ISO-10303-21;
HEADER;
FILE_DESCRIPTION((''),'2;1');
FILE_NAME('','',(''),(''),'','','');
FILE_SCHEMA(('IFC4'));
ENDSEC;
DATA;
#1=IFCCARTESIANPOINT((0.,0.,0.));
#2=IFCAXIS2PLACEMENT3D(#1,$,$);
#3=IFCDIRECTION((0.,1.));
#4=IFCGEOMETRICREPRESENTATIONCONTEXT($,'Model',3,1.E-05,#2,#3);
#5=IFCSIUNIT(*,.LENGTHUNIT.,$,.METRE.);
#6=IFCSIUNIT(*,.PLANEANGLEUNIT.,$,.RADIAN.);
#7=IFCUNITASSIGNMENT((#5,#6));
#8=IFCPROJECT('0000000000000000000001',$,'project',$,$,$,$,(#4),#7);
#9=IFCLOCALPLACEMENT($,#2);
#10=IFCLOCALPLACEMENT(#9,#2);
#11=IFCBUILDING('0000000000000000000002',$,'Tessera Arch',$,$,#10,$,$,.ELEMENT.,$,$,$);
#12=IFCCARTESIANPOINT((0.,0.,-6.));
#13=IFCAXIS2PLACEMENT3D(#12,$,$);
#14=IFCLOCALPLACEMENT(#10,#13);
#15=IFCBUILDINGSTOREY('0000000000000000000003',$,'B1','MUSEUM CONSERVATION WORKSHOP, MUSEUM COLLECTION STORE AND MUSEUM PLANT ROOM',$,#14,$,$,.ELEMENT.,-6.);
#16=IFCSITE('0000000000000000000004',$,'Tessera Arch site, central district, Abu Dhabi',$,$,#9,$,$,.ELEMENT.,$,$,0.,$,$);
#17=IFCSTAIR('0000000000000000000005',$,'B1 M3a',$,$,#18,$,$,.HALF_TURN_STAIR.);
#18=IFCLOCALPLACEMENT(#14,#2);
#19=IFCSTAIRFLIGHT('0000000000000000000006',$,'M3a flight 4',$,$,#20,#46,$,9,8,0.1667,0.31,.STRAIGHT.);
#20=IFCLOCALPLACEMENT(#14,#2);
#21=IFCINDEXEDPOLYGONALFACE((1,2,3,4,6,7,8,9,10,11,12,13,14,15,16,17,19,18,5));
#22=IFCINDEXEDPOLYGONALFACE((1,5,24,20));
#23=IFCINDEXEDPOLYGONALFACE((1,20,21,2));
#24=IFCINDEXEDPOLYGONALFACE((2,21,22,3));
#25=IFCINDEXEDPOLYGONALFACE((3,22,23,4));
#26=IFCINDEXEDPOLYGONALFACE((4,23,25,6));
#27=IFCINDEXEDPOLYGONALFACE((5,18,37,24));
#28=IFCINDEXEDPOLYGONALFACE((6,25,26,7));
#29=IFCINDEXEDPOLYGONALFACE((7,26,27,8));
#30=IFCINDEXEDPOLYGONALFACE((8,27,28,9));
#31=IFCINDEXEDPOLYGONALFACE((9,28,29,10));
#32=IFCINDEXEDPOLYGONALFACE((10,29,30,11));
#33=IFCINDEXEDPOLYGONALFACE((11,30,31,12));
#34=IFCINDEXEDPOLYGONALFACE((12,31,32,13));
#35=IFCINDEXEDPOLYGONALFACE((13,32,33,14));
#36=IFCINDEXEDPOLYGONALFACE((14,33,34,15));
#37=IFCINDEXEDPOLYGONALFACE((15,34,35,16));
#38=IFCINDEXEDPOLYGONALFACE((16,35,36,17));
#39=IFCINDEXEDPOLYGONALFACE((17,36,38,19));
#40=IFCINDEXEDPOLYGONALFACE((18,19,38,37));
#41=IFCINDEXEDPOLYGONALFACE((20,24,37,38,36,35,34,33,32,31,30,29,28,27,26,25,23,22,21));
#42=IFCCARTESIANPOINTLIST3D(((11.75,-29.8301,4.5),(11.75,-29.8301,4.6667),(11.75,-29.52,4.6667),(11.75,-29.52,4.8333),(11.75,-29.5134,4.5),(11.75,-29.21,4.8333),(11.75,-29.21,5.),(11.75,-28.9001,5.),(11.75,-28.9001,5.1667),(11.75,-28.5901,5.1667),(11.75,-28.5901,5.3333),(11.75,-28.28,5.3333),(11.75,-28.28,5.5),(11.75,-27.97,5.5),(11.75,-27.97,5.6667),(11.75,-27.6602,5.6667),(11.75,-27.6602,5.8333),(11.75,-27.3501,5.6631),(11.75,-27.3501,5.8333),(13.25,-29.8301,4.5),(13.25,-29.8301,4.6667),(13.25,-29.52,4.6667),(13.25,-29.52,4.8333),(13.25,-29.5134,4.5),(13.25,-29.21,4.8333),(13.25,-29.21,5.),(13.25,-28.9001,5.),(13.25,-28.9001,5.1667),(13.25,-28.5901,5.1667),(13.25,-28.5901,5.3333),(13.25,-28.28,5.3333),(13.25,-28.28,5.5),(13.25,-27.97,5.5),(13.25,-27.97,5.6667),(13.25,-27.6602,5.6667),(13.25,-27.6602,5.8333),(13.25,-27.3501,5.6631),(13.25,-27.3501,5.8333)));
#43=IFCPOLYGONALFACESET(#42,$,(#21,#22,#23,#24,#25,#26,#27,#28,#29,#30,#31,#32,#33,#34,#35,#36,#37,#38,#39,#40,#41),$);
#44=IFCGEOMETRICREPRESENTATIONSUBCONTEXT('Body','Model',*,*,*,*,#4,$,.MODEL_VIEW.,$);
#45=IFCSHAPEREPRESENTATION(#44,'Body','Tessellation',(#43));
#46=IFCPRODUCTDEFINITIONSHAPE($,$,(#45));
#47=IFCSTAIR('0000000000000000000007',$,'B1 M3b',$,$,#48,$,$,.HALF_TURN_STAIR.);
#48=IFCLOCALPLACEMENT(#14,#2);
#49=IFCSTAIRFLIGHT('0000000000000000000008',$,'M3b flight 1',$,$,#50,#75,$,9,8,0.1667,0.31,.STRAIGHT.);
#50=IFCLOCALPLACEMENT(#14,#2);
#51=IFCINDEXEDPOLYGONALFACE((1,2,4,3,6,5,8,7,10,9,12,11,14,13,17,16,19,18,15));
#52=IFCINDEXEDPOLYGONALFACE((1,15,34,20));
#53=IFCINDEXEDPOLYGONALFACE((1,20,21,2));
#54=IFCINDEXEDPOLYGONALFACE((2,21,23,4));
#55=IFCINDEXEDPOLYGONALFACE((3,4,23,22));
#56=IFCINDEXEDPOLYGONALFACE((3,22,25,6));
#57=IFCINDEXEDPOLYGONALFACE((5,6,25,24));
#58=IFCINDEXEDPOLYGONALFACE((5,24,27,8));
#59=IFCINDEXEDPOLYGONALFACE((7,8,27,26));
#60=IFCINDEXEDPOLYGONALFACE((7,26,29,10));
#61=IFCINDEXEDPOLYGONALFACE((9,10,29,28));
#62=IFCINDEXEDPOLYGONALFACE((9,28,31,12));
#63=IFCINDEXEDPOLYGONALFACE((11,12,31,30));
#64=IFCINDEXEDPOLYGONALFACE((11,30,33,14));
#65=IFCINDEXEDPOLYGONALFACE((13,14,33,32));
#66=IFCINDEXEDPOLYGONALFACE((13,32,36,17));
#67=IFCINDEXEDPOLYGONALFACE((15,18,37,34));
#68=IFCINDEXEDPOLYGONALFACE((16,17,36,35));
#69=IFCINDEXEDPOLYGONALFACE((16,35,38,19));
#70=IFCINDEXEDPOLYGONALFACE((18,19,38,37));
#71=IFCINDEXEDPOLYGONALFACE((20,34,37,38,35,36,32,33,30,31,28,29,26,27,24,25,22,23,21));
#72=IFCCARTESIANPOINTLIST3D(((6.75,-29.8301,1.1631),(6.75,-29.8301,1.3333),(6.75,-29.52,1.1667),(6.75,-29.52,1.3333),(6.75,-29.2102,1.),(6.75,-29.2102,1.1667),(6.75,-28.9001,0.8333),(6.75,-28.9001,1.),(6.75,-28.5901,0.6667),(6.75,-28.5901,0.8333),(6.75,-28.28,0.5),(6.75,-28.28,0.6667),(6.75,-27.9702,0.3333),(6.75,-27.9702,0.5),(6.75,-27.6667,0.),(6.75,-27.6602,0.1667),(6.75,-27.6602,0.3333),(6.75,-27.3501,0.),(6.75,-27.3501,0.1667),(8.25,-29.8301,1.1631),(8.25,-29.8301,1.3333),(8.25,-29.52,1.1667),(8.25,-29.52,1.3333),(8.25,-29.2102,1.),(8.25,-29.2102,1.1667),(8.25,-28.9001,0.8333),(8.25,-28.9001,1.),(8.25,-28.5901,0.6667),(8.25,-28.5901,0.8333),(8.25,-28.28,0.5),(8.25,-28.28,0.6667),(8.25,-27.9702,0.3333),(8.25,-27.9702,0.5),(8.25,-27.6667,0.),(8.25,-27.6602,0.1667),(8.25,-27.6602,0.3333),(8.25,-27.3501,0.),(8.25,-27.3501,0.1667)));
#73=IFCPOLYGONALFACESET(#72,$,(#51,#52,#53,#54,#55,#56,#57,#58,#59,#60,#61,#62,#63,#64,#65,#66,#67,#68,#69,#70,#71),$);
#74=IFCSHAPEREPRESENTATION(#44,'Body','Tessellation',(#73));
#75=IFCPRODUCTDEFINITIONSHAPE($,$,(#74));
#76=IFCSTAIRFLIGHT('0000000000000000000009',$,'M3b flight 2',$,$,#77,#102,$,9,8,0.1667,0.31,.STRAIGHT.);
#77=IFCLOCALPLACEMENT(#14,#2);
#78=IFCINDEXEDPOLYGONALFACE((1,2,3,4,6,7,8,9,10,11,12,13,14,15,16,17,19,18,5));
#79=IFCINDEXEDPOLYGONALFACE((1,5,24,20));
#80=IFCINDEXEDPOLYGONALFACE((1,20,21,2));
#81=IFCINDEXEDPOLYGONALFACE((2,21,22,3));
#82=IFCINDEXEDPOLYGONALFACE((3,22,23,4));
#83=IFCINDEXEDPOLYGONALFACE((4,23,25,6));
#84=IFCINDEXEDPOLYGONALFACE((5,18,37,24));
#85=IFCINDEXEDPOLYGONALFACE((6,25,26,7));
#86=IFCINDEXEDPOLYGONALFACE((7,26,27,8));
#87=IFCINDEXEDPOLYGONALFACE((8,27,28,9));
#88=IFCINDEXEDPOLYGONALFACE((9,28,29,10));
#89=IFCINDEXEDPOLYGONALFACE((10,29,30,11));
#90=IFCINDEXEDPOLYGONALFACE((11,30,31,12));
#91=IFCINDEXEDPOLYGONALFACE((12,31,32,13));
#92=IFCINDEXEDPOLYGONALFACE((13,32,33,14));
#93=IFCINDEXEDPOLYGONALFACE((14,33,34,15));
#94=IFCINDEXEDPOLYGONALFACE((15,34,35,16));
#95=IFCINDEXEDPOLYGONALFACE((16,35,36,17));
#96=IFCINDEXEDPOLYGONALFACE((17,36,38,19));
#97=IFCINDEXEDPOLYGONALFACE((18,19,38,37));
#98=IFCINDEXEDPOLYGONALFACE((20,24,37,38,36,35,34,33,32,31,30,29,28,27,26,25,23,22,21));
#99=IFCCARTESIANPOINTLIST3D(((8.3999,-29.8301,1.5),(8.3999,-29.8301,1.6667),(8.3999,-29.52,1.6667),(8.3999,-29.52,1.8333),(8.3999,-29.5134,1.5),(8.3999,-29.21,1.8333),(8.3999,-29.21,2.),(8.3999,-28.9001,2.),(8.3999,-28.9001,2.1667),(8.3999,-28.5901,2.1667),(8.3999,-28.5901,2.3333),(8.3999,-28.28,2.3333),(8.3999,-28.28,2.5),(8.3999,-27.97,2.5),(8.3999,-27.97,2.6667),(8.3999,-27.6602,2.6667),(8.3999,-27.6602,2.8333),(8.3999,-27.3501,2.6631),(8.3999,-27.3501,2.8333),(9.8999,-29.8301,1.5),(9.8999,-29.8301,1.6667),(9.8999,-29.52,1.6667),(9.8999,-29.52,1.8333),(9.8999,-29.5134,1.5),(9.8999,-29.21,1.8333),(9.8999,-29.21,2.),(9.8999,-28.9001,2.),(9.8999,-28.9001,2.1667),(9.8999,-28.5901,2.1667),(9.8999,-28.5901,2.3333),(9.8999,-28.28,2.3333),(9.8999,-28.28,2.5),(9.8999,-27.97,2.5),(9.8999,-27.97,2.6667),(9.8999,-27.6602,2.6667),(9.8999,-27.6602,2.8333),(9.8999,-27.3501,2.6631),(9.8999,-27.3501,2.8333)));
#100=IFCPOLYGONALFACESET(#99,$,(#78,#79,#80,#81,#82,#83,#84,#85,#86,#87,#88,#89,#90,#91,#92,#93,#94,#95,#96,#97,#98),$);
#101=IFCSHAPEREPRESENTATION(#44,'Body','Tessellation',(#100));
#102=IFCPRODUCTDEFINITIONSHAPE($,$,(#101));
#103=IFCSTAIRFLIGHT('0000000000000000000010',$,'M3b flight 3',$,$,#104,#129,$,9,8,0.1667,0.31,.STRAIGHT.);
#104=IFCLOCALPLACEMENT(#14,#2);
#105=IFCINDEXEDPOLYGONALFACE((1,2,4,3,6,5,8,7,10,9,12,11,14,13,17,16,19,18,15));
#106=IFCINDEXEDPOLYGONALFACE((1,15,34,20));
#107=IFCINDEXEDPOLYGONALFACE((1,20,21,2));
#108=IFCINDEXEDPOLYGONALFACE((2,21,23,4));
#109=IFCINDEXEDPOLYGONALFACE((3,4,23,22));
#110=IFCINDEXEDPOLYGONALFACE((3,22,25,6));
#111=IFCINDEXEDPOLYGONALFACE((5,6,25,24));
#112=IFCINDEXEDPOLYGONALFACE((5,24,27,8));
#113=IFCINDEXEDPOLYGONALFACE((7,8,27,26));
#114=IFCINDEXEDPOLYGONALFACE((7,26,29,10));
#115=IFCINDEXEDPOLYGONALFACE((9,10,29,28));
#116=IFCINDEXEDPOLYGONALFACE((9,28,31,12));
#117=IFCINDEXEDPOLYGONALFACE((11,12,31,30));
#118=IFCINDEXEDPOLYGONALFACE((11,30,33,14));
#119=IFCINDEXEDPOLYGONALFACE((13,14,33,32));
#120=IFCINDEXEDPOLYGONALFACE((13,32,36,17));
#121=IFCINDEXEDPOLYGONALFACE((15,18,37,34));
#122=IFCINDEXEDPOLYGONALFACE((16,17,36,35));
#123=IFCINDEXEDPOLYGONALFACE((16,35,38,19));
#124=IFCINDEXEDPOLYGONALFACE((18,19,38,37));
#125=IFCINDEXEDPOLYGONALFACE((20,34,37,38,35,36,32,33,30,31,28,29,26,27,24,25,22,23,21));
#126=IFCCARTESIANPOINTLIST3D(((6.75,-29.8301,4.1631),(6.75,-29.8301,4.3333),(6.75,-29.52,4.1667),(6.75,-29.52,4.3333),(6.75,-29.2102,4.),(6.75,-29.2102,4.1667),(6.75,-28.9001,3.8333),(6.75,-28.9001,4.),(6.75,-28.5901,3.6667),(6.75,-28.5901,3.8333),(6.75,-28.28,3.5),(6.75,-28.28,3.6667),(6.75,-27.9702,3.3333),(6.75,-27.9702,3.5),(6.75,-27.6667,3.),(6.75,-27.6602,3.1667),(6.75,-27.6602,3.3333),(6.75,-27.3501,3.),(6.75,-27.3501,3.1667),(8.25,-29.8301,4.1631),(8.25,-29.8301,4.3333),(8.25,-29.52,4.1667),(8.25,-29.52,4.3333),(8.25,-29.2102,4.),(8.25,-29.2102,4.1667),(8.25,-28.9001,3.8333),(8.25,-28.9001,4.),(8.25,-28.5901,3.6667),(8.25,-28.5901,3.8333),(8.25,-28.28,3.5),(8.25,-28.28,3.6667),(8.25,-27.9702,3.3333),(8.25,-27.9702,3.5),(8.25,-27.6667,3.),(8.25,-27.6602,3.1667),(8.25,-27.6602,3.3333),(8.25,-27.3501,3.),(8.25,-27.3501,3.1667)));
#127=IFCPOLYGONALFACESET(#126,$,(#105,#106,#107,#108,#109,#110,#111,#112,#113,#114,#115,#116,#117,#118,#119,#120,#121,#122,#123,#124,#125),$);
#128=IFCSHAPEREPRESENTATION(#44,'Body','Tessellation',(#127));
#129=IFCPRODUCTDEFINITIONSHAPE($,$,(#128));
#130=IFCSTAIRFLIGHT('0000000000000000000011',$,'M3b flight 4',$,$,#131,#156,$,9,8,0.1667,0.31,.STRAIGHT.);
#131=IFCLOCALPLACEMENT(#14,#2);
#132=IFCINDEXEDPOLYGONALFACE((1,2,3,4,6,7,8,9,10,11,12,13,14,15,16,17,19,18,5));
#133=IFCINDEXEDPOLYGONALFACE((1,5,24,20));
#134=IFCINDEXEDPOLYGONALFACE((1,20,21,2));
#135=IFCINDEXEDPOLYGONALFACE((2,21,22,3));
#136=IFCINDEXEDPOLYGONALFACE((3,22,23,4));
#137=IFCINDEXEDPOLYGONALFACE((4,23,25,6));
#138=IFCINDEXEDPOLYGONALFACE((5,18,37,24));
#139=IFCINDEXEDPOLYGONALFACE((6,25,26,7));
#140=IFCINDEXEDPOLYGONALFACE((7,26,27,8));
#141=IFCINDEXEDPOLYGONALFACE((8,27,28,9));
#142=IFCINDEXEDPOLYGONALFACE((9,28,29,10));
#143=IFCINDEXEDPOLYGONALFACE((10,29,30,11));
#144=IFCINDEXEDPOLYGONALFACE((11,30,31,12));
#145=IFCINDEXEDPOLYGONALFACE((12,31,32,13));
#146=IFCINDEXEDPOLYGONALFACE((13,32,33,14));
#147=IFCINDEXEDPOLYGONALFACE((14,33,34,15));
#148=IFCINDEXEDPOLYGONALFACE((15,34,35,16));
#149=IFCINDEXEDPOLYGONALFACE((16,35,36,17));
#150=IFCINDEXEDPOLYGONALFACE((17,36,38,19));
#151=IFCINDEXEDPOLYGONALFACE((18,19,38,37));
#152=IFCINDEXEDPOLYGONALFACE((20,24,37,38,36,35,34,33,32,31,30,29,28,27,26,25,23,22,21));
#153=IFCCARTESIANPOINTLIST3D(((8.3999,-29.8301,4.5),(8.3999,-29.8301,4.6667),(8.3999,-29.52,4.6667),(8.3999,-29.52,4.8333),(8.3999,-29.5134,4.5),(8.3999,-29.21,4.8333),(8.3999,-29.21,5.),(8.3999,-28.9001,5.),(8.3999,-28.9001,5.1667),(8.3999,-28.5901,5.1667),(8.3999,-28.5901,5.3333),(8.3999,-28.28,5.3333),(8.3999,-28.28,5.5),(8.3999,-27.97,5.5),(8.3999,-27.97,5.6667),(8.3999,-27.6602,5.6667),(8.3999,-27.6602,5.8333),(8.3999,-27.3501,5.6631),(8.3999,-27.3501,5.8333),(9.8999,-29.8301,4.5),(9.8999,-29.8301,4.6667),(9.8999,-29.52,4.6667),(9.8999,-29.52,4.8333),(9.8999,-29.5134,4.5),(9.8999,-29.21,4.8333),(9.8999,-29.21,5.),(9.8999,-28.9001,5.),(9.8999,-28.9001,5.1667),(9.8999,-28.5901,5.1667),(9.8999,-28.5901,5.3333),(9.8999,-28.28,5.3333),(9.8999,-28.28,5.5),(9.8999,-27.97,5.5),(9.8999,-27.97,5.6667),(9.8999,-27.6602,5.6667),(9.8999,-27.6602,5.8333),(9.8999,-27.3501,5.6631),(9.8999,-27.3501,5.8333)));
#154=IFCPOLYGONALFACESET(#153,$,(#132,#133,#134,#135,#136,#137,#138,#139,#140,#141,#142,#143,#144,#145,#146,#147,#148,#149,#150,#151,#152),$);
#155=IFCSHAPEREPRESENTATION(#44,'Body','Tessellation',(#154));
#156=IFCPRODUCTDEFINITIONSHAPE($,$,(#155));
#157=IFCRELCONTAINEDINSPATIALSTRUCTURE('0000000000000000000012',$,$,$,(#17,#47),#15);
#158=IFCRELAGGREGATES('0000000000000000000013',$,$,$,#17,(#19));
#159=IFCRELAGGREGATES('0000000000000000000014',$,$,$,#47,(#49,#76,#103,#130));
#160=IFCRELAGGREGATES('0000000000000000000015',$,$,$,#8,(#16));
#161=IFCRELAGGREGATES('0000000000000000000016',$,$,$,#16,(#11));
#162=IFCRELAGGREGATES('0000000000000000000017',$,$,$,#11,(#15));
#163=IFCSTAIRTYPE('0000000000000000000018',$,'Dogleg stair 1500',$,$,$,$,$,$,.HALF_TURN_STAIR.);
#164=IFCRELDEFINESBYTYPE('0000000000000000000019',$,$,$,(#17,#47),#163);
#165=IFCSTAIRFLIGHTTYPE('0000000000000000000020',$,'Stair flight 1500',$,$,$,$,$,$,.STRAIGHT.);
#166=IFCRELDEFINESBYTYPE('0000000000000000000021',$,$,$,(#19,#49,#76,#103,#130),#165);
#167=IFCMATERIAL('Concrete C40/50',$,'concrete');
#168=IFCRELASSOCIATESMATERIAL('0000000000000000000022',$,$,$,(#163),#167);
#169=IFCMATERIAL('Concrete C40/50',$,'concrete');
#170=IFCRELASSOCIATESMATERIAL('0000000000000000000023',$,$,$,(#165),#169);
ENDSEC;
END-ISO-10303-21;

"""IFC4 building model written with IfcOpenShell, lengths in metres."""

from ifc_helpers import new_model, si_unit, direction, frame, origin, place, context, subcontext, project, spatial, polyline, outline, extrude, material, type_object, element, aggregate, save


model = new_model("IFC4")

# Units and contexts
model_context = context("Model", 3, precision=1e-05, world=origin(), true_north=direction((0.0, 1.0)))
body_context = subcontext(model_context, "Body", "Model", "MODEL_VIEW")
ifc_project = project(units=[si_unit("LENGTHUNIT", "METRE"), si_unit("PLANEANGLEUNIT", "RADIAN")], contexts=[model_context])

# Site, building, storey
site_placement = place(None, origin())
site = spatial("IfcSite", under=ifc_project, at=site_placement, Name="Tessera Arch site, central district, Abu Dhabi", CompositionType="ELEMENT", RefElevation=0.0)
building_placement = place(site_placement, origin())
building = spatial("IfcBuilding", under=site, at=building_placement, Name="Tessera Arch", CompositionType="ELEMENT")
storey_placement = place(building_placement, frame((0.0, 0.0, -6.0)))
storey = spatial("IfcBuildingStorey", under=building, at=storey_placement, Name="B1", Description="MUSEUM CONSERVATION WORKSHOP, MUSEUM COLLECTION STORE AND MUSEUM PLANT ROOM", CompositionType="ELEMENT", Elevation=-6.0)

# Stairs, stair flights
ifc_material_1 = material(Name="Concrete C40/50", Category="concrete")
stair_type = type_object("IfcStairType", Name="Dogleg stair 1500", PredefinedType="HALF_TURN_STAIR", material=ifc_material_1)
stair_1_placement = place(storey_placement, origin())
stair_1 = element("IfcStair", 1, at=stair_1_placement, inside=storey, type_object=stair_type, Name="B1 M3a", PredefinedType="HALF_TURN_STAIR")
ifc_material_2 = material(Name="Concrete C40/50", Category="concrete")
stair_flight_type = type_object("IfcStairFlightType", Name="Stair flight 1500", PredefinedType="STRAIGHT", material=ifc_material_2)
stair_flight_1_placement = place(storey_placement, frame((12.5, -29.8301, 4.5), z_axis=(0.0, 0.0, 1.0), x_axis=(0.0, 1.0, 0.0)))
stair_flight_1 = element("IfcStairFlight", 2, at=stair_flight_1_placement, type_object=stair_flight_type, Name="M3a flight 4", NumberOfRisers=9, NumberOfTreads=8, PredefinedType="STRAIGHT", RiserHeight=0.1667, TreadLength=0.31, context=body_context, shape_type="SweptSolid", body=[
    extrude(outline(polyline([(0.0, 0.0), (0.0, 0.1667), (0.3101, 0.1667), (0.3101, 0.3333), (0.6201, 0.3333), (0.6201, 0.5), (0.9299, 0.5), (0.9299, 0.6667), (1.24, 0.6667), (1.24, 0.8333), (1.55, 0.8333), (1.55, 1.0), (1.8601, 1.0), (1.8601, 1.1667), (2.1699, 1.1667), (2.1699, 1.3333), (2.48, 1.3333), (2.48, 1.5), (2.48, 1.1631), (0.3167, 0.0), (0.0, 0.0)])), frame((0.0, 0.75, 0.0), z_axis=(0.0, -1.0, 0.0), x_axis=(1.0, 0.0, 0.0)), (0.0, 0.0, 1.0), 1.5),
])
aggregate(stair_1, [stair_flight_1])
stair_2_placement = place(storey_placement, origin())
stair_2 = element("IfcStair", 3, at=stair_2_placement, inside=storey, type_object=stair_type, Name="B1 M3b", PredefinedType="HALF_TURN_STAIR")
stair_flight_2_placement = place(storey_placement, frame((7.5, -27.3501, 0.0), z_axis=(0.0, 0.0, 1.0), x_axis=(0.0, -1.0, 0.0)))
stair_flight_2 = element("IfcStairFlight", 4, at=stair_flight_2_placement, type_object=stair_flight_type, Name="M3b flight 1", NumberOfRisers=9, NumberOfTreads=8, PredefinedType="STRAIGHT", RiserHeight=0.1667, TreadLength=0.31, context=body_context, shape_type="SweptSolid", body=[
    extrude(outline(polyline([(0.0, 0.0), (0.0, 0.1667), (0.3101, 0.1667), (0.3101, 0.3333), (0.6201, 0.3333), (0.6201, 0.5), (0.9299, 0.5), (0.9299, 0.6667), (1.24, 0.6667), (1.24, 0.8333), (1.55, 0.8333), (1.55, 1.0), (1.8601, 1.0), (1.8601, 1.1667), (2.1699, 1.1667), (2.1699, 1.3333), (2.48, 1.3333), (2.48, 1.5), (2.48, 1.1631), (0.3167, 0.0), (0.0, 0.0)])), frame((0.0, 0.75, 0.0), z_axis=(0.0, -1.0, 0.0), x_axis=(1.0, 0.0, 0.0)), (0.0, 0.0, 1.0), 1.5),
])
stair_flight_3_placement = place(storey_placement, frame((9.1499, -29.8301, 1.5), z_axis=(0.0, 0.0, 1.0), x_axis=(0.0, 1.0, 0.0)))
stair_flight_3 = element("IfcStairFlight", 5, at=stair_flight_3_placement, type_object=stair_flight_type, Name="M3b flight 2", NumberOfRisers=9, NumberOfTreads=8, PredefinedType="STRAIGHT", RiserHeight=0.1667, TreadLength=0.31, context=body_context, shape_type="SweptSolid", body=[
    extrude(outline(polyline([(0.0, 0.0), (0.0, 0.1667), (0.3101, 0.1667), (0.3101, 0.3333), (0.6201, 0.3333), (0.6201, 0.5), (0.9299, 0.5), (0.9299, 0.6667), (1.24, 0.6667), (1.24, 0.8333), (1.55, 0.8333), (1.55, 1.0), (1.8601, 1.0), (1.8601, 1.1667), (2.1699, 1.1667), (2.1699, 1.3333), (2.48, 1.3333), (2.48, 1.5), (2.48, 1.1631), (0.3167, 0.0), (0.0, 0.0)])), frame((0.0, 0.75, 0.0), z_axis=(0.0, -1.0, 0.0), x_axis=(1.0, 0.0, 0.0)), (0.0, 0.0, 1.0), 1.5),
])
stair_flight_4_placement = place(storey_placement, frame((7.5, -27.3501, 3.0), z_axis=(0.0, 0.0, 1.0), x_axis=(0.0, -1.0, 0.0)))
stair_flight_4 = element("IfcStairFlight", 6, at=stair_flight_4_placement, type_object=stair_flight_type, Name="M3b flight 3", NumberOfRisers=9, NumberOfTreads=8, PredefinedType="STRAIGHT", RiserHeight=0.1667, TreadLength=0.31, context=body_context, shape_type="SweptSolid", body=[
    extrude(outline(polyline([(0.0, 0.0), (0.0, 0.1667), (0.3101, 0.1667), (0.3101, 0.3333), (0.6201, 0.3333), (0.6201, 0.5), (0.9299, 0.5), (0.9299, 0.6667), (1.24, 0.6667), (1.24, 0.8333), (1.55, 0.8333), (1.55, 1.0), (1.8601, 1.0), (1.8601, 1.1667), (2.1699, 1.1667), (2.1699, 1.3333), (2.48, 1.3333), (2.48, 1.5), (2.48, 1.1631), (0.3167, 0.0), (0.0, 0.0)])), frame((0.0, 0.75, 0.0), z_axis=(0.0, -1.0, 0.0), x_axis=(1.0, 0.0, 0.0)), (0.0, 0.0, 1.0), 1.5),
])
stair_flight_5_placement = place(storey_placement, frame((9.1499, -29.8301, 4.5), z_axis=(0.0, 0.0, 1.0), x_axis=(0.0, 1.0, 0.0)))
stair_flight_5 = element("IfcStairFlight", 7, at=stair_flight_5_placement, type_object=stair_flight_type, Name="M3b flight 4", NumberOfRisers=9, NumberOfTreads=8, PredefinedType="STRAIGHT", RiserHeight=0.1667, TreadLength=0.31, context=body_context, shape_type="SweptSolid", body=[
    extrude(outline(polyline([(0.0, 0.0), (0.0, 0.1667), (0.3101, 0.1667), (0.3101, 0.3333), (0.6201, 0.3333), (0.6201, 0.5), (0.9299, 0.5), (0.9299, 0.6667), (1.24, 0.6667), (1.24, 0.8333), (1.55, 0.8333), (1.55, 1.0), (1.8601, 1.0), (1.8601, 1.1667), (2.1699, 1.1667), (2.1699, 1.3333), (2.48, 1.3333), (2.48, 1.5), (2.48, 1.1631), (0.3167, 0.0), (0.0, 0.0)])), frame((0.0, 0.75, 0.0), z_axis=(0.0, -1.0, 0.0), x_axis=(1.0, 0.0, 0.0)), (0.0, 0.0, 1.0), 1.5),
])
aggregate(stair_2, [stair_flight_2, stair_flight_3, stair_flight_4, stair_flight_5])

save(model, "model.ifc")
